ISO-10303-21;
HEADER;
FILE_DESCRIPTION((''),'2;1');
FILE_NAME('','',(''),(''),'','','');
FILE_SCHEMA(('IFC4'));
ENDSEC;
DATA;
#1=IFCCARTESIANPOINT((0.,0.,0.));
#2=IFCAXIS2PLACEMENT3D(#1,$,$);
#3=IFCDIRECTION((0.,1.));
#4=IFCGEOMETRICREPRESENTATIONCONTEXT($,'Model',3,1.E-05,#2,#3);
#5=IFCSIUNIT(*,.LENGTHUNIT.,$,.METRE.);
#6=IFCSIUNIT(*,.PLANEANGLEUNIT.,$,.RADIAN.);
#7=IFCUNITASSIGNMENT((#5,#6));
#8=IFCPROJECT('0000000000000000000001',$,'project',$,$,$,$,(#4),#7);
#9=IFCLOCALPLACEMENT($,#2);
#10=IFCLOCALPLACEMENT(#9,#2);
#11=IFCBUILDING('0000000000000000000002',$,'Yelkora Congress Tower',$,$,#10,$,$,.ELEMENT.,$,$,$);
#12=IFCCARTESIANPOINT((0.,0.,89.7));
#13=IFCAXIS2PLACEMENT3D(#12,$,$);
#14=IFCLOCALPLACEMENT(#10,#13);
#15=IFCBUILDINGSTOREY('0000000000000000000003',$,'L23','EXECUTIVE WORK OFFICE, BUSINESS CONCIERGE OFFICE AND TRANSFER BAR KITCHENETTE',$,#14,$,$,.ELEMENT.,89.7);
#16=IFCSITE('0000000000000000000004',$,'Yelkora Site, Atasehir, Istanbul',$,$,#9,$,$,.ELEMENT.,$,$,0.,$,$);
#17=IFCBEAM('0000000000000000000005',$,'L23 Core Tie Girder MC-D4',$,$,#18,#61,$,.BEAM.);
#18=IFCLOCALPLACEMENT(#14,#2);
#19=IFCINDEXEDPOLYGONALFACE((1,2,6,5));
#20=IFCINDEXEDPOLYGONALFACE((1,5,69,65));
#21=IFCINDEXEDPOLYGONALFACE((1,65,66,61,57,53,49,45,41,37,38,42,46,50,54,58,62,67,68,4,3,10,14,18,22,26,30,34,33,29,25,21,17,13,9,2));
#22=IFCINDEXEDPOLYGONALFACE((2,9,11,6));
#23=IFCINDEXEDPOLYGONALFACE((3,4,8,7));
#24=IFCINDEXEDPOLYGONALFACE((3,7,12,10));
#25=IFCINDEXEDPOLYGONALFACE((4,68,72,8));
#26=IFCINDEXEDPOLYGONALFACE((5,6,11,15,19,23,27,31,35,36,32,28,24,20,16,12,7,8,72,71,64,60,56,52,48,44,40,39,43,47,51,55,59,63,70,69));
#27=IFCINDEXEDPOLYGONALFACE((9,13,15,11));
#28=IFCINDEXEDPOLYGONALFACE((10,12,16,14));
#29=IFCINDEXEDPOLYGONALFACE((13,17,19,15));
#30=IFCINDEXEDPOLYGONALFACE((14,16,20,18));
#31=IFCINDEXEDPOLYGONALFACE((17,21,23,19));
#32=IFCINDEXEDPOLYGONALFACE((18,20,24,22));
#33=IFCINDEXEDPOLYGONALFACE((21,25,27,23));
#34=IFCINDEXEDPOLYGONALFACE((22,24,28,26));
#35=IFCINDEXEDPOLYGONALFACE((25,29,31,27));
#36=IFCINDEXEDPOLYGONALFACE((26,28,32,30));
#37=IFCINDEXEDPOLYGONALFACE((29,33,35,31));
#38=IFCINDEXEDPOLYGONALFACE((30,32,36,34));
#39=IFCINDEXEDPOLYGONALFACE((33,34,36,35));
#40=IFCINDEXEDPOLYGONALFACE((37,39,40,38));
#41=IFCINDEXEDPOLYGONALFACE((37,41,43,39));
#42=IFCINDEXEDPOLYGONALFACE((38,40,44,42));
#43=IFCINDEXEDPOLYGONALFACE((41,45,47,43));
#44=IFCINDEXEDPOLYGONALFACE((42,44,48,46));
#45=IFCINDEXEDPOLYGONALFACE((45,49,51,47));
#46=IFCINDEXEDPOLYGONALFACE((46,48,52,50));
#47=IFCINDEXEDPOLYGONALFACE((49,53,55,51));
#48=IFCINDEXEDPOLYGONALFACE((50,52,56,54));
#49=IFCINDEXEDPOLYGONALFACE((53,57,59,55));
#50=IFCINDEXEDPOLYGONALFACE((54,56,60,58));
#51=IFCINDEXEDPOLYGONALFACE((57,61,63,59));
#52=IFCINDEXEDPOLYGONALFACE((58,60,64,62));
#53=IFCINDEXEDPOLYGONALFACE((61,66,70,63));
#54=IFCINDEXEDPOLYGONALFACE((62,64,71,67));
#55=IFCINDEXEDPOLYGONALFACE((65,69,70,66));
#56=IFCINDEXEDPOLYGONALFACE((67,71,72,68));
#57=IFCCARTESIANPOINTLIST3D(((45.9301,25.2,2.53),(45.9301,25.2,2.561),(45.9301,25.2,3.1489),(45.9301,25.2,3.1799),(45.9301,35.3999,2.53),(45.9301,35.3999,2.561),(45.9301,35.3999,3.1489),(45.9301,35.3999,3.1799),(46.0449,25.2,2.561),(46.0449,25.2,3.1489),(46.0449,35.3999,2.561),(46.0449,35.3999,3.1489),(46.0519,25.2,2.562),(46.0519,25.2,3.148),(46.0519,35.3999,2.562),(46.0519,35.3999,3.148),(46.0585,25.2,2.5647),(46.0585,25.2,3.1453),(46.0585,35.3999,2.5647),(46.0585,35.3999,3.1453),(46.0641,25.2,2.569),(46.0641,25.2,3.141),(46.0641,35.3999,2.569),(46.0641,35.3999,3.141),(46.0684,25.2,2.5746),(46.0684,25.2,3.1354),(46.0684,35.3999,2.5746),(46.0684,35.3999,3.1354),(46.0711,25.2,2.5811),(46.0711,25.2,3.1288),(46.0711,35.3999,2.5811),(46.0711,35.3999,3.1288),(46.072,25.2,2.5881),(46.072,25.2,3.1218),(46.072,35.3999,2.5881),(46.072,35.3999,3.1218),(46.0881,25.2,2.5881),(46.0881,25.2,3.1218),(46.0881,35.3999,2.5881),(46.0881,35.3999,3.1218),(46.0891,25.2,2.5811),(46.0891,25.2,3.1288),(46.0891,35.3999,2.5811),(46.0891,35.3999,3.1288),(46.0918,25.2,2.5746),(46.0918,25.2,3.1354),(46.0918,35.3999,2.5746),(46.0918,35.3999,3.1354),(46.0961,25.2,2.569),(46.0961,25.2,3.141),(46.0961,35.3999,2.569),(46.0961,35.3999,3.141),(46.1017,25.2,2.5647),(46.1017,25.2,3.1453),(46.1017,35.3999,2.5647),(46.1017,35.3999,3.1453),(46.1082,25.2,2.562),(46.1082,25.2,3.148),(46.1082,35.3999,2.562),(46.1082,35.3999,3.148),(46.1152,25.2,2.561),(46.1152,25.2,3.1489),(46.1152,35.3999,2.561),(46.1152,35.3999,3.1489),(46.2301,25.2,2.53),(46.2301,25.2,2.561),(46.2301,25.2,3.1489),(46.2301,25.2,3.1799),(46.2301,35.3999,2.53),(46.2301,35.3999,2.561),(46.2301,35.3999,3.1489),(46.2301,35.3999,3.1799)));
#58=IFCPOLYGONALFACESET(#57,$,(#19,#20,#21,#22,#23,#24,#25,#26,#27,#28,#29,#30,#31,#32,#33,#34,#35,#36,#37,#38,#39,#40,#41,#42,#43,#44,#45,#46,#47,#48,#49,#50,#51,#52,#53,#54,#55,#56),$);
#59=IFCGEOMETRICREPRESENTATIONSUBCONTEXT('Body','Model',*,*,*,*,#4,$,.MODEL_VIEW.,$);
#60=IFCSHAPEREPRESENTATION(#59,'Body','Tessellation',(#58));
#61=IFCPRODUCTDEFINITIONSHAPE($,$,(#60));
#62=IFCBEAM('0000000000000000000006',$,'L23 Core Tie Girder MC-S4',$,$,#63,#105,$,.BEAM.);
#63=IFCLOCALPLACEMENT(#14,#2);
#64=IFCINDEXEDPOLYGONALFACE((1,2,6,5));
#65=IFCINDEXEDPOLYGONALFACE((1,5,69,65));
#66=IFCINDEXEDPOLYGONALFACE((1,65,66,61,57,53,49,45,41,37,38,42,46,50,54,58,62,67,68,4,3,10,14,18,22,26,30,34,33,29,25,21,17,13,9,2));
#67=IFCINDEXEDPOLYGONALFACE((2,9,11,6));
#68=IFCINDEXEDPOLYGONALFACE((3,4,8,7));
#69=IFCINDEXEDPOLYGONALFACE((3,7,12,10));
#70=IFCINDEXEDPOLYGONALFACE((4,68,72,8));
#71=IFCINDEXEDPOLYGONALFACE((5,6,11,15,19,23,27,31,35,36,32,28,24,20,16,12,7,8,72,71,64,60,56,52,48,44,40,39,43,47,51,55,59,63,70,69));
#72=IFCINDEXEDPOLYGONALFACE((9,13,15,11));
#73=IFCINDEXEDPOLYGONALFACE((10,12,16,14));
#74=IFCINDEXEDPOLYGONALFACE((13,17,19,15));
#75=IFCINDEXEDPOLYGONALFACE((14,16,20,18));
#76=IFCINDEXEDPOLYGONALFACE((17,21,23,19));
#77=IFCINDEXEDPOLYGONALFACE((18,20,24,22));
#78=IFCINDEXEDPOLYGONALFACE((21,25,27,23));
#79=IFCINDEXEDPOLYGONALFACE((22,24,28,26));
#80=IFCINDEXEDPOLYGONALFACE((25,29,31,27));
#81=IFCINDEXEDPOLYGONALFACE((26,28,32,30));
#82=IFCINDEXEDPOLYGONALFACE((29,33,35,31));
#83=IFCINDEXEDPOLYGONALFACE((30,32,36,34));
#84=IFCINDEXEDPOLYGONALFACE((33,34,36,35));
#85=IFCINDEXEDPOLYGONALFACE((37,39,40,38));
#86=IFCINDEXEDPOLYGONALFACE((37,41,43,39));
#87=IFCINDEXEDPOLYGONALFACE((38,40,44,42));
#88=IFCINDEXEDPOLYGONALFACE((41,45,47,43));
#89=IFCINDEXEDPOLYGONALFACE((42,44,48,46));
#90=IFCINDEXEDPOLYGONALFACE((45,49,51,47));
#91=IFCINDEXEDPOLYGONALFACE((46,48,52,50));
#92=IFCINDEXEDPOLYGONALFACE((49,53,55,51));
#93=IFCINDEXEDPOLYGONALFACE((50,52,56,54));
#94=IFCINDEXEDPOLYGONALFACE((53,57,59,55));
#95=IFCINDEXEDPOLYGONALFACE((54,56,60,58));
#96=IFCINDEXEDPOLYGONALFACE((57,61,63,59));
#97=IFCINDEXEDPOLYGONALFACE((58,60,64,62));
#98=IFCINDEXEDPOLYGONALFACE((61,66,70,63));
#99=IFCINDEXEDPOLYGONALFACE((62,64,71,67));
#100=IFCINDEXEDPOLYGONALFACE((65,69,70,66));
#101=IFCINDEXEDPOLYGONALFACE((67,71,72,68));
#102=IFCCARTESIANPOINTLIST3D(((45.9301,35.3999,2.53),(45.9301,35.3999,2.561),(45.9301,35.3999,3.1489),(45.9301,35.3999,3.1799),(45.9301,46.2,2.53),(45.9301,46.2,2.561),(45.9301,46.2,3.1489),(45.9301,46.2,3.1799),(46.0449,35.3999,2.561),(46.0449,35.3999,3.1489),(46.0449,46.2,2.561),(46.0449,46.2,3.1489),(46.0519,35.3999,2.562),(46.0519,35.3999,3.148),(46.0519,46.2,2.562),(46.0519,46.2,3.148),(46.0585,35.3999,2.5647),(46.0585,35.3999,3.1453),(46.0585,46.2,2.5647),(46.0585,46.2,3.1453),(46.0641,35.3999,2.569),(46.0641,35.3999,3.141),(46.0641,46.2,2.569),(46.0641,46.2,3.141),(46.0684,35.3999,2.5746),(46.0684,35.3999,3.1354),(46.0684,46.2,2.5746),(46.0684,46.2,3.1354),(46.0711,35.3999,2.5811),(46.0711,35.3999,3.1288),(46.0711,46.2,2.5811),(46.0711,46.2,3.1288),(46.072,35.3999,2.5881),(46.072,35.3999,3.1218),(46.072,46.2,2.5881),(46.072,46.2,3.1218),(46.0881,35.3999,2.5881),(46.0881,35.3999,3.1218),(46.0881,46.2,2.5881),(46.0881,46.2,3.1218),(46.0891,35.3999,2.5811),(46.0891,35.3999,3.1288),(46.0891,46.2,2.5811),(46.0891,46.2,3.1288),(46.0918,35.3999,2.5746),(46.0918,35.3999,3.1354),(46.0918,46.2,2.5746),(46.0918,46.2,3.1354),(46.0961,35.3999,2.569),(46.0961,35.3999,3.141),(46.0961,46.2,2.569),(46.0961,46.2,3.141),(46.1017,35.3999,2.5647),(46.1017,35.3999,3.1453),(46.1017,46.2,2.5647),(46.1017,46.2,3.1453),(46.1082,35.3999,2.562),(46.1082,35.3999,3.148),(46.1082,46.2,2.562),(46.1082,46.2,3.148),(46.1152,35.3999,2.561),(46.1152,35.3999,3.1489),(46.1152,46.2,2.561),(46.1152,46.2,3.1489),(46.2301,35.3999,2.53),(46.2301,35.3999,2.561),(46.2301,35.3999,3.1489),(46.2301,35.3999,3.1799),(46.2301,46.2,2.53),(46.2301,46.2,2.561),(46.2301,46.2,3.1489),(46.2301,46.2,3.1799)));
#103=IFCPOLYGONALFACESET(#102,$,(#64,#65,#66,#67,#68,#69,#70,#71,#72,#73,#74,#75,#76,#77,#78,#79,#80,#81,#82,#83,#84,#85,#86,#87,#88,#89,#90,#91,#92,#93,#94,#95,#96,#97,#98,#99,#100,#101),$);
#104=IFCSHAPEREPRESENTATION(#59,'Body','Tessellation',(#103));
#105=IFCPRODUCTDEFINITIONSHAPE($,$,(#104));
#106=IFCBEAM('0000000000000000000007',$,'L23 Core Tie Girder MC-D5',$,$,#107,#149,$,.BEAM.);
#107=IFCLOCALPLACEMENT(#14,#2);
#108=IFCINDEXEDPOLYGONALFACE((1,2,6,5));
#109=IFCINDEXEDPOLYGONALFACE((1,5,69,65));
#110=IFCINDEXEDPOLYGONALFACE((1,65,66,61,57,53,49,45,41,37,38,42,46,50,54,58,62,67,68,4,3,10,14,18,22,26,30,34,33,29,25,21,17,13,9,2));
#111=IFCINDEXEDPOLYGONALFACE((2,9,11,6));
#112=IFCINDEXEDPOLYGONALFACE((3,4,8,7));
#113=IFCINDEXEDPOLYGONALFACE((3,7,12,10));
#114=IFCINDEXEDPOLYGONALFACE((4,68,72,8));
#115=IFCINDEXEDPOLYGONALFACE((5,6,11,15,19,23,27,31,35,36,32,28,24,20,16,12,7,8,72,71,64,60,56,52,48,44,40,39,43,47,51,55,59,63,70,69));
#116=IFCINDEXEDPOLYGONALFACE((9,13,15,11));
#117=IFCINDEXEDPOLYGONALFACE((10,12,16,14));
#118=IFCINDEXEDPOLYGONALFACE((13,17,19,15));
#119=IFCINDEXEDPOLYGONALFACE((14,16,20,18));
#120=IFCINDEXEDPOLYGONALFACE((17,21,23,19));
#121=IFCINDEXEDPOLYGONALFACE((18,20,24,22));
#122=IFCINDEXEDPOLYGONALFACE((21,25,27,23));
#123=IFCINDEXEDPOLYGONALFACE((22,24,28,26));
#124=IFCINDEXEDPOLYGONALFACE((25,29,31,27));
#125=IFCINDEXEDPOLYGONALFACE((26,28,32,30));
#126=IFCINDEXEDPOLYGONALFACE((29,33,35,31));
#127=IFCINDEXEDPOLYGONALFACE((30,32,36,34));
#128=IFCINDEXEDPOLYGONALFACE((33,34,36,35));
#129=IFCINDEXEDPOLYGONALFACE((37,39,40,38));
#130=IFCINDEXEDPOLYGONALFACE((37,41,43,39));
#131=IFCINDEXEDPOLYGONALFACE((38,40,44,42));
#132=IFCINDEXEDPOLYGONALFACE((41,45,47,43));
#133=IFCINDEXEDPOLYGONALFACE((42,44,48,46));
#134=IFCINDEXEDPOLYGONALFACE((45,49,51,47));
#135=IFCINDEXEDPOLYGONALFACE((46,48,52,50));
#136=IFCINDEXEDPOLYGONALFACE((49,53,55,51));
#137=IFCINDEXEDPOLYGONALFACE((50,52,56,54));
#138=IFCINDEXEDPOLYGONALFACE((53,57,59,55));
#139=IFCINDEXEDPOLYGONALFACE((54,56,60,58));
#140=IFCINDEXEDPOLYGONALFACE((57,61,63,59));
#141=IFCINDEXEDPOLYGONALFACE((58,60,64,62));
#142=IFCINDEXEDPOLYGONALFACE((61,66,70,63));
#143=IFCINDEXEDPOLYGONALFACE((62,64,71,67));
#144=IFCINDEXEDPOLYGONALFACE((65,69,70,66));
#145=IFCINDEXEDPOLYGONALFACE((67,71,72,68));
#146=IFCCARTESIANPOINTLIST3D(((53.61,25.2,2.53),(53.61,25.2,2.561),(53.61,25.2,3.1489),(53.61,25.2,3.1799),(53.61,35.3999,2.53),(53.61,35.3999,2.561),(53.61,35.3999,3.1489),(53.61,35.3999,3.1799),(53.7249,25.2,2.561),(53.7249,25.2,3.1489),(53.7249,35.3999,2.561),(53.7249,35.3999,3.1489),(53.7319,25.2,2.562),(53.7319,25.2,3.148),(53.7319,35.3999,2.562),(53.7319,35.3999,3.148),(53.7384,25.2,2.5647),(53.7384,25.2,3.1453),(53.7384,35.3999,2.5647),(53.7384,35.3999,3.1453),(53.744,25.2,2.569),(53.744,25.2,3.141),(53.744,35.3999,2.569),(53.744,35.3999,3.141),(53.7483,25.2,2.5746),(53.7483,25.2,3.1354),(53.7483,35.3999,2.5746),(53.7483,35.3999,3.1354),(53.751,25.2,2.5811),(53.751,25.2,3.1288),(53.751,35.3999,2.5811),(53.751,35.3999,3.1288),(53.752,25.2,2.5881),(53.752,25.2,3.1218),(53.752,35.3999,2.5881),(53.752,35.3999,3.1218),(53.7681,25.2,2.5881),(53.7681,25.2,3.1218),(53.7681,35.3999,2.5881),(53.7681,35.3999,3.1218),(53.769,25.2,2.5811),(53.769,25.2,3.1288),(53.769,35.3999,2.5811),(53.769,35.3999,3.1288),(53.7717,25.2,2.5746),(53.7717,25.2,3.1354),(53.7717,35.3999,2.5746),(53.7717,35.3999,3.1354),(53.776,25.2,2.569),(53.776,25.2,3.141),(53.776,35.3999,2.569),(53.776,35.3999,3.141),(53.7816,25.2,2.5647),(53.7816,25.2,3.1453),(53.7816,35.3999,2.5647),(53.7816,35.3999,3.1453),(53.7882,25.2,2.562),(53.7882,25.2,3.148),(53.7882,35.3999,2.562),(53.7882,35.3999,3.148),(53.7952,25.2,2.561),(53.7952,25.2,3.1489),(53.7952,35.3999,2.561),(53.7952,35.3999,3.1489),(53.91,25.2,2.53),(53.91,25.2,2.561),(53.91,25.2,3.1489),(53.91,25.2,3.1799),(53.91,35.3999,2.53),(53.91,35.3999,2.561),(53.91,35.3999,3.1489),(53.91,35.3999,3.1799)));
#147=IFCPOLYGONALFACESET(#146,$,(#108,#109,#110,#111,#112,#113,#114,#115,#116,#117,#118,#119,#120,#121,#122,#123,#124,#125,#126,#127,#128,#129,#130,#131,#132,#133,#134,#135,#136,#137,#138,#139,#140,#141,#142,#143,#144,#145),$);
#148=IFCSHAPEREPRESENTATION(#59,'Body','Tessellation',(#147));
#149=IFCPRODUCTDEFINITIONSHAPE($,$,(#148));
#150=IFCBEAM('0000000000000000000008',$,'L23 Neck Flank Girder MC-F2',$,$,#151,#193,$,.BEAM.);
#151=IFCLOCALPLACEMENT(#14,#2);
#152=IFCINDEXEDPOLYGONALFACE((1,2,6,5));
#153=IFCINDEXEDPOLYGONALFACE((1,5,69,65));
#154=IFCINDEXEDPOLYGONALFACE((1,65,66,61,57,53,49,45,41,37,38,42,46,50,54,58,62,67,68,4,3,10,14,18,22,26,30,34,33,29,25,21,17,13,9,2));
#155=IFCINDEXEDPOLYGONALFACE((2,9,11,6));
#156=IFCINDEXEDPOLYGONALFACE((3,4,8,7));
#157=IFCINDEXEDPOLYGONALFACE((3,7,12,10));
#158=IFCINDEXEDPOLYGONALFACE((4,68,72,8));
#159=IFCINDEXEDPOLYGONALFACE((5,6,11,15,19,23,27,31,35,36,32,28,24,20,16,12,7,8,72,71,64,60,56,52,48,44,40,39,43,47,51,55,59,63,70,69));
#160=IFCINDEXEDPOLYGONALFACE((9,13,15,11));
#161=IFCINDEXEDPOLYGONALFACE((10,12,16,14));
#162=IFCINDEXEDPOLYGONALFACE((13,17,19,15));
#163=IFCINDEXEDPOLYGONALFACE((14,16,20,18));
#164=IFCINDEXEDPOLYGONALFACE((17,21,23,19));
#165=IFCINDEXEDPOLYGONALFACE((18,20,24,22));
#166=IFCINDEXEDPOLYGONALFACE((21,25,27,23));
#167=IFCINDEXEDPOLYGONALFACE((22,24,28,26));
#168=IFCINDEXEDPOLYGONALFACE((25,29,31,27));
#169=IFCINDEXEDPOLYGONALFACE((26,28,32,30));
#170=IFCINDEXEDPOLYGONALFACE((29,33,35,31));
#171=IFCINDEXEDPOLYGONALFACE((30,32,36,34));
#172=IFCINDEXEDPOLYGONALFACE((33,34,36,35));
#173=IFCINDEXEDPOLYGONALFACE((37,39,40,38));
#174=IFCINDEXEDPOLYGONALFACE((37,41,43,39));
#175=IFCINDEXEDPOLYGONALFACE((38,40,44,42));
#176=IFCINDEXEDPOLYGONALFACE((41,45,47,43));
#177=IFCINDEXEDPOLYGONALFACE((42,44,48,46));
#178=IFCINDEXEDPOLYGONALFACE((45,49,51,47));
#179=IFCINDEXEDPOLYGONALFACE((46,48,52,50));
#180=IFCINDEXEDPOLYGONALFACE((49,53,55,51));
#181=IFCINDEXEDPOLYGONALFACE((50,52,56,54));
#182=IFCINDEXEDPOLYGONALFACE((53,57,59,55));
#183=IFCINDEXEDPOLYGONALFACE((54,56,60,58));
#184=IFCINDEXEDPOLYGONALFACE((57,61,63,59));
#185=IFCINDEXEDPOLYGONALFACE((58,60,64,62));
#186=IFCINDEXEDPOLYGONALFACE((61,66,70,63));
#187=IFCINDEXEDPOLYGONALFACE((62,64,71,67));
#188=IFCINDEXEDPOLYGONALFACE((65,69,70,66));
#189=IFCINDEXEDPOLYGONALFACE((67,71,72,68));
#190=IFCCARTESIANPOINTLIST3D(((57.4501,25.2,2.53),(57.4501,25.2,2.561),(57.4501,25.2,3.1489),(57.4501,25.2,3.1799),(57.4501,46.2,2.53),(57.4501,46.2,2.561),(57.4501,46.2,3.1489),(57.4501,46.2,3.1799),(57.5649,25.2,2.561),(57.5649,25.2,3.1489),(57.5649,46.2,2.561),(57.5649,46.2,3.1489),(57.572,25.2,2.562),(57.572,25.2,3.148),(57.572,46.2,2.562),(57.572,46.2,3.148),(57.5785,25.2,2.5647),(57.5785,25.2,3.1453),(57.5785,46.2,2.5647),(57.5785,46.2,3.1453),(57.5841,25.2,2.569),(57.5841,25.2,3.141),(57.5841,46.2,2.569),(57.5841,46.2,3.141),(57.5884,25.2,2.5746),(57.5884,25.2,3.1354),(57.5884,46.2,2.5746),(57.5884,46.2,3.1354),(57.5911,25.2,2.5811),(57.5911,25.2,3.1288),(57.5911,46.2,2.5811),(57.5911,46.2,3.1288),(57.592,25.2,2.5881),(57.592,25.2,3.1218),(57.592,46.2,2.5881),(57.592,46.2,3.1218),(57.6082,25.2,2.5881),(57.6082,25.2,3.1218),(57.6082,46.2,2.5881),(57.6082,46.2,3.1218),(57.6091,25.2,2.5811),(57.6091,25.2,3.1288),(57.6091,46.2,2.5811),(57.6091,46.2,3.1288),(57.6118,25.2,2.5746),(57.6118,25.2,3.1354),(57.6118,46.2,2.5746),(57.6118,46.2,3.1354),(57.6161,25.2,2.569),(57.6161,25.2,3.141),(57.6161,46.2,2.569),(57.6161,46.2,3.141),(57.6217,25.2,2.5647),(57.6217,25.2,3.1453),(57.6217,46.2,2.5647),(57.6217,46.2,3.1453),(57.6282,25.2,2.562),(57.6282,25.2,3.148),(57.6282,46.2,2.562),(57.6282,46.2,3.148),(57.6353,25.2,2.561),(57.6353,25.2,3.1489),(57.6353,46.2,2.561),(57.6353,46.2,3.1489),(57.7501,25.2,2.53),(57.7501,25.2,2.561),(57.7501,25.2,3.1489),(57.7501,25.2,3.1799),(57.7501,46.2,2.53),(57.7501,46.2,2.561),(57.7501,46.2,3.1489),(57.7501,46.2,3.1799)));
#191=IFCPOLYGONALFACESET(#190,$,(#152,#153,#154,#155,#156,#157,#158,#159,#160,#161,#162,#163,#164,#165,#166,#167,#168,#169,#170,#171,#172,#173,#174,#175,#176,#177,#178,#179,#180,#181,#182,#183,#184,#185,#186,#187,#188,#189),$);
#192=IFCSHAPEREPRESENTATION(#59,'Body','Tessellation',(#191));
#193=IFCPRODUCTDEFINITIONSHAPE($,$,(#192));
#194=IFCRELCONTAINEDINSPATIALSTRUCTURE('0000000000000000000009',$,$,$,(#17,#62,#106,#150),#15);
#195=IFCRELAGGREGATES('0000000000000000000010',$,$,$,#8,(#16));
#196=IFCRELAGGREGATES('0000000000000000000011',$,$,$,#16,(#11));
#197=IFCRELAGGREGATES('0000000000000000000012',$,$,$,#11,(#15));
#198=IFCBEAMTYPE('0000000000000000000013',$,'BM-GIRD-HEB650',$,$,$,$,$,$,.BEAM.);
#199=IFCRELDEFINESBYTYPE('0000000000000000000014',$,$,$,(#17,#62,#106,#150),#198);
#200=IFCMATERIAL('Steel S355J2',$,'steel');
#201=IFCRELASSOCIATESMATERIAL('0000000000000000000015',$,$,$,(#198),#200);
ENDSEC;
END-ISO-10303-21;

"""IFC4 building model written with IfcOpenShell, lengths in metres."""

from ifc_helpers import new_model, si_unit, direction, frame, origin, origin_2d, place, context, subcontext, project, spatial, i_section, extrude, material, material_profile, profile_set, type_object, element, save


model = new_model("IFC4")

# Units and contexts
model_context = context("Model", 3, precision=1e-05, world=origin(), true_north=direction((0.0, 1.0)))
body_context = subcontext(model_context, "Body", "Model", "MODEL_VIEW")
ifc_project = project(units=[si_unit("LENGTHUNIT", "METRE"), si_unit("PLANEANGLEUNIT", "RADIAN")], contexts=[model_context])

# Site, building, storey
site_placement = place(None, origin())
site = spatial("IfcSite", under=ifc_project, at=site_placement, Name="Yelkora Site, Atasehir, Istanbul", CompositionType="ELEMENT", RefElevation=0.0)
building_placement = place(site_placement, origin())
building = spatial("IfcBuilding", under=site, at=building_placement, Name="Yelkora Congress Tower", CompositionType="ELEMENT")
storey_placement = place(building_placement, frame((0.0, 0.0, 89.7)))
storey = spatial("IfcBuildingStorey", under=building, at=storey_placement, Name="L23", Description="EXECUTIVE WORK OFFICE, BUSINESS CONCIERGE OFFICE AND TRANSFER BAR KITCHENETTE", CompositionType="ELEMENT", Elevation=89.7)

# Beams
ifc_material_1 = material(Name="Steel S355J2", Category="steel")
ifc_material_profile_1 = material_profile(ifc_material_1, i_section(OverallWidth=0.3, OverallDepth=0.6499, WebThickness=0.0161, FlangeThickness=0.031, FilletRadius=0.0271, at=origin_2d()), Name="HEB 650")
ifc_profile_set_1 = profile_set([ifc_material_profile_1], Name="Steel S355J2")
beam_type_1 = type_object("IfcBeamType", Name="BM-GIRD-HEB650", PredefinedType="BEAM", material=ifc_profile_set_1)
beam_1_placement = place(storey_placement, frame((46.0801, 25.2, 2.855), z_axis=(0.0, 1.0, 0.0), x_axis=(-1.0, 0.0, 0.0)))
element("IfcBeam", 1, at=beam_1_placement, inside=storey, type_object=beam_type_1, Name="L23 Core Tie Girder MC-D4", PredefinedType="BEAM", context=body_context, shape_type="SweptSolid", body=[
    extrude(i_section(OverallWidth=0.3, OverallDepth=0.6499, WebThickness=0.0161, FlangeThickness=0.031, FilletRadius=0.0271, at=origin_2d()), origin(), (0.0, 0.0, 1.0), 10.2),
])
beam_2_placement = place(storey_placement, frame((46.0801, 35.3999, 2.855), z_axis=(0.0, 1.0, 0.0), x_axis=(-1.0, 0.0, 0.0)))
element("IfcBeam", 2, at=beam_2_placement, inside=storey, type_object=beam_type_1, Name="L23 Core Tie Girder MC-S4", PredefinedType="BEAM", context=body_context, shape_type="SweptSolid", body=[
    extrude(i_section(OverallWidth=0.3, OverallDepth=0.6499, WebThickness=0.0161, FlangeThickness=0.031, FilletRadius=0.0271, at=origin_2d()), origin(), (0.0, 0.0, 1.0), 10.8),
])
beam_3_placement = place(storey_placement, frame((53.76, 25.2, 2.855), z_axis=(0.0, 1.0, 0.0), x_axis=(-1.0, 0.0, 0.0)))
element("IfcBeam", 3, at=beam_3_placement, inside=storey, type_object=beam_type_1, Name="L23 Core Tie Girder MC-D5", PredefinedType="BEAM", context=body_context, shape_type="SweptSolid", body=[
    extrude(i_section(OverallWidth=0.3, OverallDepth=0.6499, WebThickness=0.0161, FlangeThickness=0.031, FilletRadius=0.0271, at=origin_2d()), origin(), (0.0, 0.0, 1.0), 10.2),
])
beam_4_placement = place(storey_placement, frame((57.6001, 25.2, 2.855), z_axis=(0.0, 1.0, 0.0), x_axis=(-1.0, 0.0, 0.0)))
element("IfcBeam", 4, at=beam_4_placement, inside=storey, type_object=beam_type_1, Name="L23 Neck Flank Girder MC-F2", PredefinedType="BEAM", context=body_context, shape_type="SweptSolid", body=[
    extrude(i_section(OverallWidth=0.3, OverallDepth=0.6499, WebThickness=0.0161, FlangeThickness=0.031, FilletRadius=0.0271, at=origin_2d()), origin(), (0.0, 0.0, 1.0), 21.0),
])

save(model, "model.ifc")
